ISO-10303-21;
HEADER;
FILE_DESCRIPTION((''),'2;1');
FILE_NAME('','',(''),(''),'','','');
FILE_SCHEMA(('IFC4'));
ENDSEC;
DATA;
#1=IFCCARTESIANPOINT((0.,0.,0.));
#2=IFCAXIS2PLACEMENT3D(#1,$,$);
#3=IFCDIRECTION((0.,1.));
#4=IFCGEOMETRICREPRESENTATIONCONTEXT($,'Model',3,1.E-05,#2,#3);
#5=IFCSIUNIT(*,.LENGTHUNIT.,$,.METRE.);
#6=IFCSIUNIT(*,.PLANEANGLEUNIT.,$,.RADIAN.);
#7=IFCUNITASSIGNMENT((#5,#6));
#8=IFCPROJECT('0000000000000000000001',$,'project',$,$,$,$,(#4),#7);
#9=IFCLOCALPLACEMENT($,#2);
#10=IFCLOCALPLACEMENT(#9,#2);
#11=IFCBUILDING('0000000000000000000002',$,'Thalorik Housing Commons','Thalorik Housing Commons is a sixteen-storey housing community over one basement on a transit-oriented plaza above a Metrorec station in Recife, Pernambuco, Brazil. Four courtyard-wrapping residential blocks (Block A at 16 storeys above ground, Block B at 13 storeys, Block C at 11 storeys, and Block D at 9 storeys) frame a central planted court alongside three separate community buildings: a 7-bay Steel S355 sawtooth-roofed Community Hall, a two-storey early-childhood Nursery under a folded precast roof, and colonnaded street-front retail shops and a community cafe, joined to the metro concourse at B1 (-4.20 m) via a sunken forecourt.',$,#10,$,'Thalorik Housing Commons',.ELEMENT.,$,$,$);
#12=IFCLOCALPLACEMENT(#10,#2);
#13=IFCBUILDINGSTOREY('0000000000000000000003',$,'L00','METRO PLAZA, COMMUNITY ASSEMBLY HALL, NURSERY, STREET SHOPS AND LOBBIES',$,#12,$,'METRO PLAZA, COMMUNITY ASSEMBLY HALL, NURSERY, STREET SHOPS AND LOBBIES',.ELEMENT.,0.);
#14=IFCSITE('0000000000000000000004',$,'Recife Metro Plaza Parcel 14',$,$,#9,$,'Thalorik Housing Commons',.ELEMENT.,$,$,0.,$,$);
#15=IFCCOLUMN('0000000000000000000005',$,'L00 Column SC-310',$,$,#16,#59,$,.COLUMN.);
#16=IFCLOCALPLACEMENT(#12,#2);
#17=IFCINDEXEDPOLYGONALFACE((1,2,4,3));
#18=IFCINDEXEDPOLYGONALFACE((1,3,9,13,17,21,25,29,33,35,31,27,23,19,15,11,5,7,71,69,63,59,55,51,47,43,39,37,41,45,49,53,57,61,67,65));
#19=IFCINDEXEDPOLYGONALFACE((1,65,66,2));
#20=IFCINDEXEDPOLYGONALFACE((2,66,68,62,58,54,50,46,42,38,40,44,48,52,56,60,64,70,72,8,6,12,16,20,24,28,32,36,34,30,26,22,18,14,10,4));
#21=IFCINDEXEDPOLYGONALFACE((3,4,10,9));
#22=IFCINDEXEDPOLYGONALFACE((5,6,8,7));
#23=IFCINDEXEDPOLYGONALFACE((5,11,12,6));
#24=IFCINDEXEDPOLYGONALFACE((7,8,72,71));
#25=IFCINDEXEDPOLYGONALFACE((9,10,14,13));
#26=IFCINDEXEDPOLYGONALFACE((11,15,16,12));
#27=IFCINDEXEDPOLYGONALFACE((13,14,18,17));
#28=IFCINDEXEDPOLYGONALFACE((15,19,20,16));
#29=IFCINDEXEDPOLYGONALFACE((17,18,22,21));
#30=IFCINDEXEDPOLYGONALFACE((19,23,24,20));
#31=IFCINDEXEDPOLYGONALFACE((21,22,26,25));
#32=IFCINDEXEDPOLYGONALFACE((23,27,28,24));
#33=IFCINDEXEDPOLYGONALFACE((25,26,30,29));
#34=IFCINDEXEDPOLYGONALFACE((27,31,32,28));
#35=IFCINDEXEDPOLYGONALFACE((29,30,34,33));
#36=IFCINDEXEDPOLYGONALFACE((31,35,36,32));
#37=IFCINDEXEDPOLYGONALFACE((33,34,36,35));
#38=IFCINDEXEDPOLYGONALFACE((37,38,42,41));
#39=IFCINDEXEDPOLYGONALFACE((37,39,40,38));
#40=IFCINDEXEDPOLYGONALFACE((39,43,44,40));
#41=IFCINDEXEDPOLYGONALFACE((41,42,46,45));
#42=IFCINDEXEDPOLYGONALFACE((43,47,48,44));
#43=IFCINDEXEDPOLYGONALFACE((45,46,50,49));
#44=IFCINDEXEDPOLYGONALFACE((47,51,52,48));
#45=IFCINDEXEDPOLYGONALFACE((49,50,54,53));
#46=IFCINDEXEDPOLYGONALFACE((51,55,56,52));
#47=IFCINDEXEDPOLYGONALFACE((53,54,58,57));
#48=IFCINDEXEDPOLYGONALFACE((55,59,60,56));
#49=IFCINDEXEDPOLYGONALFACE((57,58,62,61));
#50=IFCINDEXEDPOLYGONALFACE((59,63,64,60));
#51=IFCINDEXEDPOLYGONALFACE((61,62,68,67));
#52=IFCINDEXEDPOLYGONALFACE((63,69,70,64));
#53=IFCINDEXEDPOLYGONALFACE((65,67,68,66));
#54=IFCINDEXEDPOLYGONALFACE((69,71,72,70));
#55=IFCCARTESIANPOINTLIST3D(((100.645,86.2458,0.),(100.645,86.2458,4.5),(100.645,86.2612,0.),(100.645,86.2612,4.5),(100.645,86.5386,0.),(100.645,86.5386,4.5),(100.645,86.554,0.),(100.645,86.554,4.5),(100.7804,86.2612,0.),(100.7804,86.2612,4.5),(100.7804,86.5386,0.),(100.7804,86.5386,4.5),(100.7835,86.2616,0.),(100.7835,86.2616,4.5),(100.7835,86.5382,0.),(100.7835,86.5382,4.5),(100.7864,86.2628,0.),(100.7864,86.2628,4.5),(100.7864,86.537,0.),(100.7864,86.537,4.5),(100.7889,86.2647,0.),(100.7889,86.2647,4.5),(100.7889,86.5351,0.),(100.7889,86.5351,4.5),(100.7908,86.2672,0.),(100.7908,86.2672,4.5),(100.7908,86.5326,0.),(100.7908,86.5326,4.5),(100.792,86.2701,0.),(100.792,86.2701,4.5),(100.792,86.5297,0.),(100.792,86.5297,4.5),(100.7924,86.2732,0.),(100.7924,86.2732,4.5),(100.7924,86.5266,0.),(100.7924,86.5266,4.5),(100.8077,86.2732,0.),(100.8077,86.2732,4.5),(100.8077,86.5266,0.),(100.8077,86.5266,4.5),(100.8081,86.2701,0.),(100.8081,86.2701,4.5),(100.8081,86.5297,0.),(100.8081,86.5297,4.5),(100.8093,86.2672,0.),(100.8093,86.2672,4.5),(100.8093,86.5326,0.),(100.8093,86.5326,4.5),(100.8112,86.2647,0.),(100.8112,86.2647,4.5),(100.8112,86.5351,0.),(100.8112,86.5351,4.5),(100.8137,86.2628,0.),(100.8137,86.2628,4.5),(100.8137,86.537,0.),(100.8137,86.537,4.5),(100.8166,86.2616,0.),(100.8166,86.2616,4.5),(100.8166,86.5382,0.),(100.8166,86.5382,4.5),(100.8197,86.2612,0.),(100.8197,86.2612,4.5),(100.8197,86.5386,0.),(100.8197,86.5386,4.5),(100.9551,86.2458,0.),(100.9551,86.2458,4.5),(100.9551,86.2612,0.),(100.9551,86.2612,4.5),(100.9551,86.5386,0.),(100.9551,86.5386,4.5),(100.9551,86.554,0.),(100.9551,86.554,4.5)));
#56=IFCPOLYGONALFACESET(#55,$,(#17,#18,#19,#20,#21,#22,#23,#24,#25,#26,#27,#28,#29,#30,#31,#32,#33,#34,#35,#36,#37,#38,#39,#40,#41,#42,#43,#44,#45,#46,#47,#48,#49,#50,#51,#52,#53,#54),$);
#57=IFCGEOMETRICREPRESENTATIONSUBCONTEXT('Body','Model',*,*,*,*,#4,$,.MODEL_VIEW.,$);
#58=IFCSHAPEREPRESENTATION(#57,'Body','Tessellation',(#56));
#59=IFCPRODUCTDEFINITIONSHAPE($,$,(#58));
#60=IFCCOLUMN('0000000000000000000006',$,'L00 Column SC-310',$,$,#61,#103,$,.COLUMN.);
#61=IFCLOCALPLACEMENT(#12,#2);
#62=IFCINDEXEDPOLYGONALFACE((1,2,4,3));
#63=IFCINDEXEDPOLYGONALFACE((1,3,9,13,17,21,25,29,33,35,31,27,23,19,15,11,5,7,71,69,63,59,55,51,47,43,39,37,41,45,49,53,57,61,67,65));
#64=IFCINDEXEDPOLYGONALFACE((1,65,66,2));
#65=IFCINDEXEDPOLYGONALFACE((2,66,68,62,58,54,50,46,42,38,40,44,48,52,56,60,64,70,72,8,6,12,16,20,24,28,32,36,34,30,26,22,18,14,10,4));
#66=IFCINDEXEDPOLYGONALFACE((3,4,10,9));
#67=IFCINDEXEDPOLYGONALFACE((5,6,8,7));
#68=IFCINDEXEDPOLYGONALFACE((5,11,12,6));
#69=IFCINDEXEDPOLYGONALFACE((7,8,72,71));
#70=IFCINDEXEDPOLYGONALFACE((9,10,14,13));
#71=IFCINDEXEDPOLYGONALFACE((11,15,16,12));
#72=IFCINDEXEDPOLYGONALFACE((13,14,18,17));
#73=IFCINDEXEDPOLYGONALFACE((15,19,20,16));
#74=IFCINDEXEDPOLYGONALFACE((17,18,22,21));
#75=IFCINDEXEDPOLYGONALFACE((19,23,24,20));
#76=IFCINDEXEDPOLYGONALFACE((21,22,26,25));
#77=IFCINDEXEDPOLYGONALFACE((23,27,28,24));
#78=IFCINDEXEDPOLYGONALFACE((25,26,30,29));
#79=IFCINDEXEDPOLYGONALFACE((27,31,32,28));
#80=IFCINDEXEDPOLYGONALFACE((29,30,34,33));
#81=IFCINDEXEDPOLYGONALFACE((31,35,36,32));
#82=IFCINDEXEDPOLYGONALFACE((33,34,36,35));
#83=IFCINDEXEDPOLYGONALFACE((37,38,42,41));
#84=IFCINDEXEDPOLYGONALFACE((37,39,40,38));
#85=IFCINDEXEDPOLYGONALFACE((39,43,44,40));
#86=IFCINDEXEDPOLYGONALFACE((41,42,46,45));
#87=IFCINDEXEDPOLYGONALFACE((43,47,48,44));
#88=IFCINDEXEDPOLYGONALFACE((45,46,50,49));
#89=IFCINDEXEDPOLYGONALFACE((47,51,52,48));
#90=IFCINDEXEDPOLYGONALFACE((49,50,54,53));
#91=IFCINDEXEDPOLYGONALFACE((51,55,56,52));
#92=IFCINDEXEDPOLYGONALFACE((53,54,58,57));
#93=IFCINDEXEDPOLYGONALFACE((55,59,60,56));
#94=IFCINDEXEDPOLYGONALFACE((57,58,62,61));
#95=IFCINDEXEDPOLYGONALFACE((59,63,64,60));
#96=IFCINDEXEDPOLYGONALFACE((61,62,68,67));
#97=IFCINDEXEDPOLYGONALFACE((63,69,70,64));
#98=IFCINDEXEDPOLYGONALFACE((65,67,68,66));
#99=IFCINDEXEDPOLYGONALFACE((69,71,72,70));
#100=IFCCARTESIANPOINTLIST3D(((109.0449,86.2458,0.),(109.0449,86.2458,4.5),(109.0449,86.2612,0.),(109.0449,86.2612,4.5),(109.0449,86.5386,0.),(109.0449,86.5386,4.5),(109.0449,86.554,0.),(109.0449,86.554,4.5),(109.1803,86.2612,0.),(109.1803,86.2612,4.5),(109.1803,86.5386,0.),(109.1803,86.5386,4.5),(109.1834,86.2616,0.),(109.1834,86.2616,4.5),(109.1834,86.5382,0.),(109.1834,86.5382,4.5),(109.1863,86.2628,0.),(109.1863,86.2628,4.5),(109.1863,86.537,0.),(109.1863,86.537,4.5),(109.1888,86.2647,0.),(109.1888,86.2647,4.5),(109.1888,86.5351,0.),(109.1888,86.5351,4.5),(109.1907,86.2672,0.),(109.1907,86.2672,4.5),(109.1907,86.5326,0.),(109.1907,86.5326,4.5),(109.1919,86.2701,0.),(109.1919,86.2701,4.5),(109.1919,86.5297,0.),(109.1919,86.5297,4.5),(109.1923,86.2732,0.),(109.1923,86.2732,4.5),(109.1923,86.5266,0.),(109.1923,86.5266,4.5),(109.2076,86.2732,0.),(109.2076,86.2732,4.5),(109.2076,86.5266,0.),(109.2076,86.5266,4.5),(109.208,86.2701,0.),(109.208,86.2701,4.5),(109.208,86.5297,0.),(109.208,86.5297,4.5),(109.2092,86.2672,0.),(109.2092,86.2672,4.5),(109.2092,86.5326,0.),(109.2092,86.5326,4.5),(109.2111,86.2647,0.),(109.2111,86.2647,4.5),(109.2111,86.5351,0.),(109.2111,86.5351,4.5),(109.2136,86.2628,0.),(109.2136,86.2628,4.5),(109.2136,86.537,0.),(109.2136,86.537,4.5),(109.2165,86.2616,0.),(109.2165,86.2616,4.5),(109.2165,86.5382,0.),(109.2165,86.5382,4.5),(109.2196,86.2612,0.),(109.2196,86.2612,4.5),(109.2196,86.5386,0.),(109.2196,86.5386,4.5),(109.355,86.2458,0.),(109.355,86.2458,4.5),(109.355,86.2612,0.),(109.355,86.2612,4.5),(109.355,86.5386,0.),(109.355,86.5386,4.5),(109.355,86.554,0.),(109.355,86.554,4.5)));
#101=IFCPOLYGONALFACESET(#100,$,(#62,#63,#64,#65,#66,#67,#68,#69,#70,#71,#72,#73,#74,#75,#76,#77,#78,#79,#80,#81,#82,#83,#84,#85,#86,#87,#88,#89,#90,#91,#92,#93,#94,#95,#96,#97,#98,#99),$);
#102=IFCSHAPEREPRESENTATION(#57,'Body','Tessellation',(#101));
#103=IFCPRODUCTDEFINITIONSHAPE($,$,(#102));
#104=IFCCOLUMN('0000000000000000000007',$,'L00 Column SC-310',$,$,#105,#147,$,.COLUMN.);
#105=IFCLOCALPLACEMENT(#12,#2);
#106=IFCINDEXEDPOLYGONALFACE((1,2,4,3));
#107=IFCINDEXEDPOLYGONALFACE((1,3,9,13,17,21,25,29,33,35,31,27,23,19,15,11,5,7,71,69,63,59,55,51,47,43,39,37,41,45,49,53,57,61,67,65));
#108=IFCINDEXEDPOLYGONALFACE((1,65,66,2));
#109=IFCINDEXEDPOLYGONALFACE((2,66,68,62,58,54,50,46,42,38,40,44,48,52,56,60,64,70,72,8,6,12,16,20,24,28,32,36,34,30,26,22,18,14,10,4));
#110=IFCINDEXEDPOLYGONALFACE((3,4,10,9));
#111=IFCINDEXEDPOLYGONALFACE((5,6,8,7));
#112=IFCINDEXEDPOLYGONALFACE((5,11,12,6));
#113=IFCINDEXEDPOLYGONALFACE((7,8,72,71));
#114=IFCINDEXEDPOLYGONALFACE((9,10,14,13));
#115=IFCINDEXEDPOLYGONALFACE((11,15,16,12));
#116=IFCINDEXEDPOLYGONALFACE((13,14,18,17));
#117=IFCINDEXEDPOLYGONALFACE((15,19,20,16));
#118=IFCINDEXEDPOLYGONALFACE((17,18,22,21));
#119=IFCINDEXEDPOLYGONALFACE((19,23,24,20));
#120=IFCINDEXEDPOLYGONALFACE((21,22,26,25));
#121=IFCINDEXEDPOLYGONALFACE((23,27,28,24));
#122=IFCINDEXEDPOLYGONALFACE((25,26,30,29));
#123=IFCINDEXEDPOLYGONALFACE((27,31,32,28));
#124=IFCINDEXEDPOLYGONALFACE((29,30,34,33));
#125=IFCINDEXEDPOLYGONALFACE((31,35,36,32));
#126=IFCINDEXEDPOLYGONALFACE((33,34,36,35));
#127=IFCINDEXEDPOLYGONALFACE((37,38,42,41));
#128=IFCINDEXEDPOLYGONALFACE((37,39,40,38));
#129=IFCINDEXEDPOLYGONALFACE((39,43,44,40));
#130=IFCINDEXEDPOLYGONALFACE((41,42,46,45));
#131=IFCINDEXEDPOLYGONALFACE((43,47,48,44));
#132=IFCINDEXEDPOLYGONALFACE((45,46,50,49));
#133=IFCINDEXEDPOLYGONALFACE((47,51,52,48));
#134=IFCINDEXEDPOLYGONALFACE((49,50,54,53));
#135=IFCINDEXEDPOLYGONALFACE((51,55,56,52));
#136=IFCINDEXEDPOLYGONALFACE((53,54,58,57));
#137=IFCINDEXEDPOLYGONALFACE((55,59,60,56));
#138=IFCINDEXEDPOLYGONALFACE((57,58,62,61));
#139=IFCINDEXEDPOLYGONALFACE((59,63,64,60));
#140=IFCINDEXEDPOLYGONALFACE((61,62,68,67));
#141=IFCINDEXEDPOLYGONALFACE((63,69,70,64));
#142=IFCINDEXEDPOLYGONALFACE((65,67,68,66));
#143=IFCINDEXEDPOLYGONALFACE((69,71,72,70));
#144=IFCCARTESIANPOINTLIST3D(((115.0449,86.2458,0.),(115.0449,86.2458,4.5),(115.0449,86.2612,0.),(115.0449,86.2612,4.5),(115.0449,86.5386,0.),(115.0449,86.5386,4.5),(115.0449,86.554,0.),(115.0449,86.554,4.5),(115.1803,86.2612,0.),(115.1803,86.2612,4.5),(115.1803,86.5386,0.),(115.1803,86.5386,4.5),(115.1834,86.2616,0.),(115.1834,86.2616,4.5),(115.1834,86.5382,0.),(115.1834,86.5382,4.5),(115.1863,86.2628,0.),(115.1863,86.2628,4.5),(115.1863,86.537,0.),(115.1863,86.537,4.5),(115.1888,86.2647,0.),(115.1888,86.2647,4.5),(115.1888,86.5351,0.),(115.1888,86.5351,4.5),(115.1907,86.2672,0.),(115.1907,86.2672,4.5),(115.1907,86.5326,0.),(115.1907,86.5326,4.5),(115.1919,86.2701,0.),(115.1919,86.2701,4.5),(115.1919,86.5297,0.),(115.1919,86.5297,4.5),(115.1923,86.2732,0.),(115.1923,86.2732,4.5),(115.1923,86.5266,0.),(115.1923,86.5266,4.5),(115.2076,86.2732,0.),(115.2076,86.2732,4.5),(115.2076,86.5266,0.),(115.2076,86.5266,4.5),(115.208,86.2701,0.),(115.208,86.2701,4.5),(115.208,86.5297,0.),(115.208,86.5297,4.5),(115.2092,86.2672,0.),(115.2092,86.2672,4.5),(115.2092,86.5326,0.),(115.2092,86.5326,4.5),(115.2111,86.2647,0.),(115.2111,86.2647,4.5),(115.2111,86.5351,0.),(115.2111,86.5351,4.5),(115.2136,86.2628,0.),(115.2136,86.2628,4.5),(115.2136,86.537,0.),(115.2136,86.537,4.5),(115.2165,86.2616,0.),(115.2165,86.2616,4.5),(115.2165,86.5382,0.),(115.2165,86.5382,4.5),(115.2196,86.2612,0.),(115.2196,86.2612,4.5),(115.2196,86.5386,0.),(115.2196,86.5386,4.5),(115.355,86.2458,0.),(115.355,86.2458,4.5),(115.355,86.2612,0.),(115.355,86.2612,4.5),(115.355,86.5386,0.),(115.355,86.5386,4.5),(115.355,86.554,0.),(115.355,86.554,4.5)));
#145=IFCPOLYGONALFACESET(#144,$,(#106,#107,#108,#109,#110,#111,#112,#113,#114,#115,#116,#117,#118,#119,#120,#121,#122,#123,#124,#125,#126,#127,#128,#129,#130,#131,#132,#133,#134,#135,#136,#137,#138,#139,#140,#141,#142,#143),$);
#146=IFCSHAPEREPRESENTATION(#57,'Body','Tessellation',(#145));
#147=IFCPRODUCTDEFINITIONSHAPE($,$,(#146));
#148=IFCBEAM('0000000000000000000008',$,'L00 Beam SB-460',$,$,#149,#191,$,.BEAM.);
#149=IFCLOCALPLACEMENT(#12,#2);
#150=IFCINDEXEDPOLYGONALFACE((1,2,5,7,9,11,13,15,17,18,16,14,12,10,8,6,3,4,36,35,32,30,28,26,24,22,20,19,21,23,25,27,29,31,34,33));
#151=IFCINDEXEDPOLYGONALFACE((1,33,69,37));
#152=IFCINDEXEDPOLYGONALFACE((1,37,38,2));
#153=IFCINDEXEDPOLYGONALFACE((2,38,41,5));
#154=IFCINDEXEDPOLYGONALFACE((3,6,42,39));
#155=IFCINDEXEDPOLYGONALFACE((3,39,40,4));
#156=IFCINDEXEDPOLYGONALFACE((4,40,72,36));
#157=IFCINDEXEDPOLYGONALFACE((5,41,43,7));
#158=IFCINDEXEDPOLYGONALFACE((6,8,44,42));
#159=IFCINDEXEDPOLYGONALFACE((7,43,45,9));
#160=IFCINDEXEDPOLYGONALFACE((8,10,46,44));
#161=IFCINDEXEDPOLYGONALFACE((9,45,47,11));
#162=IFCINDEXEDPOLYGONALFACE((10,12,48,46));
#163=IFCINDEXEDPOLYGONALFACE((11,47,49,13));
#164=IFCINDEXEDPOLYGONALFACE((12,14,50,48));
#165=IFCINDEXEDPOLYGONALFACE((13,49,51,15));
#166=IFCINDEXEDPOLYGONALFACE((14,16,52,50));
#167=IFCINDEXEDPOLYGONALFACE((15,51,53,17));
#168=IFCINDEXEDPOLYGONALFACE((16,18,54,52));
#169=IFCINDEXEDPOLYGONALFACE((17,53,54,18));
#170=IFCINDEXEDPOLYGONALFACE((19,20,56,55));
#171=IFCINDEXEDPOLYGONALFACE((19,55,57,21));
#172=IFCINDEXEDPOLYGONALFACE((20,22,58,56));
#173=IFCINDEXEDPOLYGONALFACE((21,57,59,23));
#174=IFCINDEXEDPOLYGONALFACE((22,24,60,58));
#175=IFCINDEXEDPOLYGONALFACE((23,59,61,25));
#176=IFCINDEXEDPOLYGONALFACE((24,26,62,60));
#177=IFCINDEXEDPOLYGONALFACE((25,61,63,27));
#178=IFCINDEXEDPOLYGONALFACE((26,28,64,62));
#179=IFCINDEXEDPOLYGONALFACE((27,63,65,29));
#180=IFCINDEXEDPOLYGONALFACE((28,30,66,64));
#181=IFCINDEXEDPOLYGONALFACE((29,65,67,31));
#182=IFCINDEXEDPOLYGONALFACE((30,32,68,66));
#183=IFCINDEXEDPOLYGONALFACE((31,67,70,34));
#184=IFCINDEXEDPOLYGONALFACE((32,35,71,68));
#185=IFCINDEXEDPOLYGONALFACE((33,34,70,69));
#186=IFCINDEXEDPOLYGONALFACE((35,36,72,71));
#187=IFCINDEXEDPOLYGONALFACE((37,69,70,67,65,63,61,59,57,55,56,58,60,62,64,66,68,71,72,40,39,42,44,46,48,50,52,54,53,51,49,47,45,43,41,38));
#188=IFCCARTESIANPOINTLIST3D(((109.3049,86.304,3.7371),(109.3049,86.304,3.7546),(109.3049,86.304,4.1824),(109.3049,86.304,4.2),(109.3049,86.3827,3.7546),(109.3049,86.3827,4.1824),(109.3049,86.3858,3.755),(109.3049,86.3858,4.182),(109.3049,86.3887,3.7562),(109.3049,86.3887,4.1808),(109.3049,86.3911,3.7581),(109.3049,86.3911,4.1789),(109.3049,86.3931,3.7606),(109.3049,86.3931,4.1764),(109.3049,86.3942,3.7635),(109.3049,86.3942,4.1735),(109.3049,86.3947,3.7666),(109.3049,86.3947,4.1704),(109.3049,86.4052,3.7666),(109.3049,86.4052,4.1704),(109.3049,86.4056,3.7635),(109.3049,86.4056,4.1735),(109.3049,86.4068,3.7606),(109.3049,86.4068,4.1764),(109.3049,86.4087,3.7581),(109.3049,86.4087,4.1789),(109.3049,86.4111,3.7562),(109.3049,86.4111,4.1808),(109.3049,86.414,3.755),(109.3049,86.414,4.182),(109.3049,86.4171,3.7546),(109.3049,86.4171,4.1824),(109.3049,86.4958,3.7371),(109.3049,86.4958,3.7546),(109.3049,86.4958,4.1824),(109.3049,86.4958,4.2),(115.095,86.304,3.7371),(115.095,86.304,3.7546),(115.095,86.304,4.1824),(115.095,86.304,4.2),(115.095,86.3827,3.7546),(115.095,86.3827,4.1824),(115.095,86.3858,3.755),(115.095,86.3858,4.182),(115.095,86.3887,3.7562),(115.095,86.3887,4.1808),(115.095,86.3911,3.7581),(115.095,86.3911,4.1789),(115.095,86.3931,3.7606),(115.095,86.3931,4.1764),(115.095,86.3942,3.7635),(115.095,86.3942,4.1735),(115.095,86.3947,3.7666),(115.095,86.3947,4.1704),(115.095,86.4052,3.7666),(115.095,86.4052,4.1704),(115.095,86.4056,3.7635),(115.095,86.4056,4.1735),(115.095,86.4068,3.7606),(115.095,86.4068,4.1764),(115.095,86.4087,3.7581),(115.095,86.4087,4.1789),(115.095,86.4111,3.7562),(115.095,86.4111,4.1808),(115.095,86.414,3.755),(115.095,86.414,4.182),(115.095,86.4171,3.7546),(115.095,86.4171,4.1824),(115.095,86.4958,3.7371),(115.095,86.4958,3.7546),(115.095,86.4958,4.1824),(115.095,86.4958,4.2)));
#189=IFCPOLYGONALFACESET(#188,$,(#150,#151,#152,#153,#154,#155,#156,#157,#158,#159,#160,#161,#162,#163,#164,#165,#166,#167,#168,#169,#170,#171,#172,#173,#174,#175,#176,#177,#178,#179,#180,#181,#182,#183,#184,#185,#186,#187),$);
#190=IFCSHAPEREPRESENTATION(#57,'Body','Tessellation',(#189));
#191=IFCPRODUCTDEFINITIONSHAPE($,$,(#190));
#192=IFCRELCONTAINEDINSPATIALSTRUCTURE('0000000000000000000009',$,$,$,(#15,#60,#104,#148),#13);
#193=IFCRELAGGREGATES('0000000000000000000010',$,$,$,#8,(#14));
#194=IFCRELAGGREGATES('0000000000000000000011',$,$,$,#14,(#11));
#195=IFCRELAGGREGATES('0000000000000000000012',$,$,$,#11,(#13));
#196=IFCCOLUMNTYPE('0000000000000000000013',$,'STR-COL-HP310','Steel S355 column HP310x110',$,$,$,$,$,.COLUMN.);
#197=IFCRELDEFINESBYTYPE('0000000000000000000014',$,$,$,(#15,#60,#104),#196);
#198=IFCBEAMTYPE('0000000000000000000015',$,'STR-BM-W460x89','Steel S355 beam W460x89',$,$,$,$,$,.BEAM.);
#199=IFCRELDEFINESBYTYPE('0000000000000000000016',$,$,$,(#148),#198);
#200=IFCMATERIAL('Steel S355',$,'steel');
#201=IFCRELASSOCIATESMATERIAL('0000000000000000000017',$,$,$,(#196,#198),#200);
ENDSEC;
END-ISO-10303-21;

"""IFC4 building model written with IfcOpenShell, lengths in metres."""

from ifc_helpers import new_model, si_unit, direction, frame, origin, origin_2d, place, context, subcontext, project, spatial, i_section, extrude, material, material_profile, profile_set, type_object, element, save


model = new_model("IFC4")

# Units and contexts
model_context = context("Model", 3, precision=1e-05, world=origin(), true_north=direction((0.0, 1.0)))
body_context = subcontext(model_context, "Body", "Model", "MODEL_VIEW")
ifc_project = project(units=[si_unit("LENGTHUNIT", "METRE"), si_unit("PLANEANGLEUNIT", "RADIAN")], contexts=[model_context])

# Site, building, storey
site_placement = place(None, origin())
site = spatial("IfcSite", under=ifc_project, at=site_placement, Name="Recife Metro Plaza Parcel 14", LongName="Thalorik Housing Commons", CompositionType="ELEMENT", RefElevation=0.0)
building_placement = place(site_placement, origin())
building = spatial("IfcBuilding", under=site, at=building_placement, Name="Thalorik Housing Commons", Description="Thalorik Housing Commons is a sixteen-storey housing community over one basement on a transit-oriented plaza above a Metrorec station in Recife, Pernambuco, Brazil. Four courtyard-wrapping residential blocks (Block A at 16 storeys above ground, Block B at 13 storeys, Block C at 11 storeys, and Block D at 9 storeys) frame a central planted court alongside three separate community buildings: a 7-bay Steel S355 sawtooth-roofed Community Hall, a two-storey early-childhood Nursery under a folded precast roof, and colonnaded street-front retail shops and a community cafe, joined to the metro concourse at B1 (-4.20 m) via a sunken forecourt.", LongName="Thalorik Housing Commons", CompositionType="ELEMENT")
storey_placement = place(building_placement, origin())
storey = spatial("IfcBuildingStorey", under=building, at=storey_placement, Name="L00", Description="METRO PLAZA, COMMUNITY ASSEMBLY HALL, NURSERY, STREET SHOPS AND LOBBIES", LongName="METRO PLAZA, COMMUNITY ASSEMBLY HALL, NURSERY, STREET SHOPS AND LOBBIES", CompositionType="ELEMENT", Elevation=0.0)

# Columns
ifc_material_1 = material(Name="Steel S355", Category="steel")
ifc_material_profile_1 = material_profile(ifc_material_1, i_section(OverallWidth=0.3101, OverallDepth=0.3081, WebThickness=0.0154, FlangeThickness=0.0154, FilletRadius=0.012, at=origin_2d()), Name="HP310x110", Category="steel")
ifc_profile_set_1 = profile_set([ifc_material_profile_1], Name="Steel S355")
column_type = type_object("IfcColumnType", Name="STR-COL-HP310", Description="Steel S355 column HP310x110", PredefinedType="COLUMN", material=ifc_profile_set_1)
for number, where, z_axis, x_axis, name in (
    (1, (100.8, 86.3999, 0.0), (0.0, 0.0, 1.0), (1.0, 0.0, 0.0), "L00 Column SC-310"),
    (2, (109.2, 86.3999, 0.0), (0.0, 0.0, 1.0), (1.0, 0.0, 0.0), "L00 Column SC-310"),
    (3, (115.2, 86.3999, 0.0), (0.0, 0.0, 1.0), (1.0, 0.0, 0.0), "L00 Column SC-310"),
):
    element("IfcColumn", number, at=place(storey_placement, frame(where, z_axis=z_axis, x_axis=x_axis)), inside=storey, type_object=column_type, Name=name, PredefinedType="COLUMN", context=body_context, shape_type="SweptSolid", body=[
        extrude(i_section(OverallWidth=0.3101, OverallDepth=0.3081, WebThickness=0.0154, FlangeThickness=0.0154, FilletRadius=0.012, at=origin_2d()), origin(), (0.0, 0.0, 1.0), 4.5),
    ])

# Beam
ifc_material_profile_2 = material_profile(ifc_material_1, i_section(OverallWidth=0.1919, OverallDepth=0.4629, WebThickness=0.0105, FlangeThickness=0.0176, FilletRadius=0.012, at=origin_2d()), Name="W460x89", Category="steel")
ifc_profile_set_2 = profile_set([ifc_material_profile_2], Name="Steel S355")
beam_type_1 = type_object("IfcBeamType", Name="STR-BM-W460x89", Description="Steel S355 beam W460x89", PredefinedType="BEAM", material=ifc_profile_set_2)
beam_1_placement = place(storey_placement, frame((109.3049, 86.3999, 3.9685), z_axis=(1.0, 0.0, 0.0), x_axis=(0.0, 1.0, 0.0)))
element("IfcBeam", 4, at=beam_1_placement, inside=storey, type_object=beam_type_1, Name="L00 Beam SB-460", PredefinedType="BEAM", context=body_context, shape_type="SweptSolid", body=[
    extrude(i_section(OverallWidth=0.1919, OverallDepth=0.4629, WebThickness=0.0105, FlangeThickness=0.0176, FilletRadius=0.012, at=origin_2d()), origin(), (0.0, 0.0, 1.0), 5.79),
])

save(model, "model.ifc")
